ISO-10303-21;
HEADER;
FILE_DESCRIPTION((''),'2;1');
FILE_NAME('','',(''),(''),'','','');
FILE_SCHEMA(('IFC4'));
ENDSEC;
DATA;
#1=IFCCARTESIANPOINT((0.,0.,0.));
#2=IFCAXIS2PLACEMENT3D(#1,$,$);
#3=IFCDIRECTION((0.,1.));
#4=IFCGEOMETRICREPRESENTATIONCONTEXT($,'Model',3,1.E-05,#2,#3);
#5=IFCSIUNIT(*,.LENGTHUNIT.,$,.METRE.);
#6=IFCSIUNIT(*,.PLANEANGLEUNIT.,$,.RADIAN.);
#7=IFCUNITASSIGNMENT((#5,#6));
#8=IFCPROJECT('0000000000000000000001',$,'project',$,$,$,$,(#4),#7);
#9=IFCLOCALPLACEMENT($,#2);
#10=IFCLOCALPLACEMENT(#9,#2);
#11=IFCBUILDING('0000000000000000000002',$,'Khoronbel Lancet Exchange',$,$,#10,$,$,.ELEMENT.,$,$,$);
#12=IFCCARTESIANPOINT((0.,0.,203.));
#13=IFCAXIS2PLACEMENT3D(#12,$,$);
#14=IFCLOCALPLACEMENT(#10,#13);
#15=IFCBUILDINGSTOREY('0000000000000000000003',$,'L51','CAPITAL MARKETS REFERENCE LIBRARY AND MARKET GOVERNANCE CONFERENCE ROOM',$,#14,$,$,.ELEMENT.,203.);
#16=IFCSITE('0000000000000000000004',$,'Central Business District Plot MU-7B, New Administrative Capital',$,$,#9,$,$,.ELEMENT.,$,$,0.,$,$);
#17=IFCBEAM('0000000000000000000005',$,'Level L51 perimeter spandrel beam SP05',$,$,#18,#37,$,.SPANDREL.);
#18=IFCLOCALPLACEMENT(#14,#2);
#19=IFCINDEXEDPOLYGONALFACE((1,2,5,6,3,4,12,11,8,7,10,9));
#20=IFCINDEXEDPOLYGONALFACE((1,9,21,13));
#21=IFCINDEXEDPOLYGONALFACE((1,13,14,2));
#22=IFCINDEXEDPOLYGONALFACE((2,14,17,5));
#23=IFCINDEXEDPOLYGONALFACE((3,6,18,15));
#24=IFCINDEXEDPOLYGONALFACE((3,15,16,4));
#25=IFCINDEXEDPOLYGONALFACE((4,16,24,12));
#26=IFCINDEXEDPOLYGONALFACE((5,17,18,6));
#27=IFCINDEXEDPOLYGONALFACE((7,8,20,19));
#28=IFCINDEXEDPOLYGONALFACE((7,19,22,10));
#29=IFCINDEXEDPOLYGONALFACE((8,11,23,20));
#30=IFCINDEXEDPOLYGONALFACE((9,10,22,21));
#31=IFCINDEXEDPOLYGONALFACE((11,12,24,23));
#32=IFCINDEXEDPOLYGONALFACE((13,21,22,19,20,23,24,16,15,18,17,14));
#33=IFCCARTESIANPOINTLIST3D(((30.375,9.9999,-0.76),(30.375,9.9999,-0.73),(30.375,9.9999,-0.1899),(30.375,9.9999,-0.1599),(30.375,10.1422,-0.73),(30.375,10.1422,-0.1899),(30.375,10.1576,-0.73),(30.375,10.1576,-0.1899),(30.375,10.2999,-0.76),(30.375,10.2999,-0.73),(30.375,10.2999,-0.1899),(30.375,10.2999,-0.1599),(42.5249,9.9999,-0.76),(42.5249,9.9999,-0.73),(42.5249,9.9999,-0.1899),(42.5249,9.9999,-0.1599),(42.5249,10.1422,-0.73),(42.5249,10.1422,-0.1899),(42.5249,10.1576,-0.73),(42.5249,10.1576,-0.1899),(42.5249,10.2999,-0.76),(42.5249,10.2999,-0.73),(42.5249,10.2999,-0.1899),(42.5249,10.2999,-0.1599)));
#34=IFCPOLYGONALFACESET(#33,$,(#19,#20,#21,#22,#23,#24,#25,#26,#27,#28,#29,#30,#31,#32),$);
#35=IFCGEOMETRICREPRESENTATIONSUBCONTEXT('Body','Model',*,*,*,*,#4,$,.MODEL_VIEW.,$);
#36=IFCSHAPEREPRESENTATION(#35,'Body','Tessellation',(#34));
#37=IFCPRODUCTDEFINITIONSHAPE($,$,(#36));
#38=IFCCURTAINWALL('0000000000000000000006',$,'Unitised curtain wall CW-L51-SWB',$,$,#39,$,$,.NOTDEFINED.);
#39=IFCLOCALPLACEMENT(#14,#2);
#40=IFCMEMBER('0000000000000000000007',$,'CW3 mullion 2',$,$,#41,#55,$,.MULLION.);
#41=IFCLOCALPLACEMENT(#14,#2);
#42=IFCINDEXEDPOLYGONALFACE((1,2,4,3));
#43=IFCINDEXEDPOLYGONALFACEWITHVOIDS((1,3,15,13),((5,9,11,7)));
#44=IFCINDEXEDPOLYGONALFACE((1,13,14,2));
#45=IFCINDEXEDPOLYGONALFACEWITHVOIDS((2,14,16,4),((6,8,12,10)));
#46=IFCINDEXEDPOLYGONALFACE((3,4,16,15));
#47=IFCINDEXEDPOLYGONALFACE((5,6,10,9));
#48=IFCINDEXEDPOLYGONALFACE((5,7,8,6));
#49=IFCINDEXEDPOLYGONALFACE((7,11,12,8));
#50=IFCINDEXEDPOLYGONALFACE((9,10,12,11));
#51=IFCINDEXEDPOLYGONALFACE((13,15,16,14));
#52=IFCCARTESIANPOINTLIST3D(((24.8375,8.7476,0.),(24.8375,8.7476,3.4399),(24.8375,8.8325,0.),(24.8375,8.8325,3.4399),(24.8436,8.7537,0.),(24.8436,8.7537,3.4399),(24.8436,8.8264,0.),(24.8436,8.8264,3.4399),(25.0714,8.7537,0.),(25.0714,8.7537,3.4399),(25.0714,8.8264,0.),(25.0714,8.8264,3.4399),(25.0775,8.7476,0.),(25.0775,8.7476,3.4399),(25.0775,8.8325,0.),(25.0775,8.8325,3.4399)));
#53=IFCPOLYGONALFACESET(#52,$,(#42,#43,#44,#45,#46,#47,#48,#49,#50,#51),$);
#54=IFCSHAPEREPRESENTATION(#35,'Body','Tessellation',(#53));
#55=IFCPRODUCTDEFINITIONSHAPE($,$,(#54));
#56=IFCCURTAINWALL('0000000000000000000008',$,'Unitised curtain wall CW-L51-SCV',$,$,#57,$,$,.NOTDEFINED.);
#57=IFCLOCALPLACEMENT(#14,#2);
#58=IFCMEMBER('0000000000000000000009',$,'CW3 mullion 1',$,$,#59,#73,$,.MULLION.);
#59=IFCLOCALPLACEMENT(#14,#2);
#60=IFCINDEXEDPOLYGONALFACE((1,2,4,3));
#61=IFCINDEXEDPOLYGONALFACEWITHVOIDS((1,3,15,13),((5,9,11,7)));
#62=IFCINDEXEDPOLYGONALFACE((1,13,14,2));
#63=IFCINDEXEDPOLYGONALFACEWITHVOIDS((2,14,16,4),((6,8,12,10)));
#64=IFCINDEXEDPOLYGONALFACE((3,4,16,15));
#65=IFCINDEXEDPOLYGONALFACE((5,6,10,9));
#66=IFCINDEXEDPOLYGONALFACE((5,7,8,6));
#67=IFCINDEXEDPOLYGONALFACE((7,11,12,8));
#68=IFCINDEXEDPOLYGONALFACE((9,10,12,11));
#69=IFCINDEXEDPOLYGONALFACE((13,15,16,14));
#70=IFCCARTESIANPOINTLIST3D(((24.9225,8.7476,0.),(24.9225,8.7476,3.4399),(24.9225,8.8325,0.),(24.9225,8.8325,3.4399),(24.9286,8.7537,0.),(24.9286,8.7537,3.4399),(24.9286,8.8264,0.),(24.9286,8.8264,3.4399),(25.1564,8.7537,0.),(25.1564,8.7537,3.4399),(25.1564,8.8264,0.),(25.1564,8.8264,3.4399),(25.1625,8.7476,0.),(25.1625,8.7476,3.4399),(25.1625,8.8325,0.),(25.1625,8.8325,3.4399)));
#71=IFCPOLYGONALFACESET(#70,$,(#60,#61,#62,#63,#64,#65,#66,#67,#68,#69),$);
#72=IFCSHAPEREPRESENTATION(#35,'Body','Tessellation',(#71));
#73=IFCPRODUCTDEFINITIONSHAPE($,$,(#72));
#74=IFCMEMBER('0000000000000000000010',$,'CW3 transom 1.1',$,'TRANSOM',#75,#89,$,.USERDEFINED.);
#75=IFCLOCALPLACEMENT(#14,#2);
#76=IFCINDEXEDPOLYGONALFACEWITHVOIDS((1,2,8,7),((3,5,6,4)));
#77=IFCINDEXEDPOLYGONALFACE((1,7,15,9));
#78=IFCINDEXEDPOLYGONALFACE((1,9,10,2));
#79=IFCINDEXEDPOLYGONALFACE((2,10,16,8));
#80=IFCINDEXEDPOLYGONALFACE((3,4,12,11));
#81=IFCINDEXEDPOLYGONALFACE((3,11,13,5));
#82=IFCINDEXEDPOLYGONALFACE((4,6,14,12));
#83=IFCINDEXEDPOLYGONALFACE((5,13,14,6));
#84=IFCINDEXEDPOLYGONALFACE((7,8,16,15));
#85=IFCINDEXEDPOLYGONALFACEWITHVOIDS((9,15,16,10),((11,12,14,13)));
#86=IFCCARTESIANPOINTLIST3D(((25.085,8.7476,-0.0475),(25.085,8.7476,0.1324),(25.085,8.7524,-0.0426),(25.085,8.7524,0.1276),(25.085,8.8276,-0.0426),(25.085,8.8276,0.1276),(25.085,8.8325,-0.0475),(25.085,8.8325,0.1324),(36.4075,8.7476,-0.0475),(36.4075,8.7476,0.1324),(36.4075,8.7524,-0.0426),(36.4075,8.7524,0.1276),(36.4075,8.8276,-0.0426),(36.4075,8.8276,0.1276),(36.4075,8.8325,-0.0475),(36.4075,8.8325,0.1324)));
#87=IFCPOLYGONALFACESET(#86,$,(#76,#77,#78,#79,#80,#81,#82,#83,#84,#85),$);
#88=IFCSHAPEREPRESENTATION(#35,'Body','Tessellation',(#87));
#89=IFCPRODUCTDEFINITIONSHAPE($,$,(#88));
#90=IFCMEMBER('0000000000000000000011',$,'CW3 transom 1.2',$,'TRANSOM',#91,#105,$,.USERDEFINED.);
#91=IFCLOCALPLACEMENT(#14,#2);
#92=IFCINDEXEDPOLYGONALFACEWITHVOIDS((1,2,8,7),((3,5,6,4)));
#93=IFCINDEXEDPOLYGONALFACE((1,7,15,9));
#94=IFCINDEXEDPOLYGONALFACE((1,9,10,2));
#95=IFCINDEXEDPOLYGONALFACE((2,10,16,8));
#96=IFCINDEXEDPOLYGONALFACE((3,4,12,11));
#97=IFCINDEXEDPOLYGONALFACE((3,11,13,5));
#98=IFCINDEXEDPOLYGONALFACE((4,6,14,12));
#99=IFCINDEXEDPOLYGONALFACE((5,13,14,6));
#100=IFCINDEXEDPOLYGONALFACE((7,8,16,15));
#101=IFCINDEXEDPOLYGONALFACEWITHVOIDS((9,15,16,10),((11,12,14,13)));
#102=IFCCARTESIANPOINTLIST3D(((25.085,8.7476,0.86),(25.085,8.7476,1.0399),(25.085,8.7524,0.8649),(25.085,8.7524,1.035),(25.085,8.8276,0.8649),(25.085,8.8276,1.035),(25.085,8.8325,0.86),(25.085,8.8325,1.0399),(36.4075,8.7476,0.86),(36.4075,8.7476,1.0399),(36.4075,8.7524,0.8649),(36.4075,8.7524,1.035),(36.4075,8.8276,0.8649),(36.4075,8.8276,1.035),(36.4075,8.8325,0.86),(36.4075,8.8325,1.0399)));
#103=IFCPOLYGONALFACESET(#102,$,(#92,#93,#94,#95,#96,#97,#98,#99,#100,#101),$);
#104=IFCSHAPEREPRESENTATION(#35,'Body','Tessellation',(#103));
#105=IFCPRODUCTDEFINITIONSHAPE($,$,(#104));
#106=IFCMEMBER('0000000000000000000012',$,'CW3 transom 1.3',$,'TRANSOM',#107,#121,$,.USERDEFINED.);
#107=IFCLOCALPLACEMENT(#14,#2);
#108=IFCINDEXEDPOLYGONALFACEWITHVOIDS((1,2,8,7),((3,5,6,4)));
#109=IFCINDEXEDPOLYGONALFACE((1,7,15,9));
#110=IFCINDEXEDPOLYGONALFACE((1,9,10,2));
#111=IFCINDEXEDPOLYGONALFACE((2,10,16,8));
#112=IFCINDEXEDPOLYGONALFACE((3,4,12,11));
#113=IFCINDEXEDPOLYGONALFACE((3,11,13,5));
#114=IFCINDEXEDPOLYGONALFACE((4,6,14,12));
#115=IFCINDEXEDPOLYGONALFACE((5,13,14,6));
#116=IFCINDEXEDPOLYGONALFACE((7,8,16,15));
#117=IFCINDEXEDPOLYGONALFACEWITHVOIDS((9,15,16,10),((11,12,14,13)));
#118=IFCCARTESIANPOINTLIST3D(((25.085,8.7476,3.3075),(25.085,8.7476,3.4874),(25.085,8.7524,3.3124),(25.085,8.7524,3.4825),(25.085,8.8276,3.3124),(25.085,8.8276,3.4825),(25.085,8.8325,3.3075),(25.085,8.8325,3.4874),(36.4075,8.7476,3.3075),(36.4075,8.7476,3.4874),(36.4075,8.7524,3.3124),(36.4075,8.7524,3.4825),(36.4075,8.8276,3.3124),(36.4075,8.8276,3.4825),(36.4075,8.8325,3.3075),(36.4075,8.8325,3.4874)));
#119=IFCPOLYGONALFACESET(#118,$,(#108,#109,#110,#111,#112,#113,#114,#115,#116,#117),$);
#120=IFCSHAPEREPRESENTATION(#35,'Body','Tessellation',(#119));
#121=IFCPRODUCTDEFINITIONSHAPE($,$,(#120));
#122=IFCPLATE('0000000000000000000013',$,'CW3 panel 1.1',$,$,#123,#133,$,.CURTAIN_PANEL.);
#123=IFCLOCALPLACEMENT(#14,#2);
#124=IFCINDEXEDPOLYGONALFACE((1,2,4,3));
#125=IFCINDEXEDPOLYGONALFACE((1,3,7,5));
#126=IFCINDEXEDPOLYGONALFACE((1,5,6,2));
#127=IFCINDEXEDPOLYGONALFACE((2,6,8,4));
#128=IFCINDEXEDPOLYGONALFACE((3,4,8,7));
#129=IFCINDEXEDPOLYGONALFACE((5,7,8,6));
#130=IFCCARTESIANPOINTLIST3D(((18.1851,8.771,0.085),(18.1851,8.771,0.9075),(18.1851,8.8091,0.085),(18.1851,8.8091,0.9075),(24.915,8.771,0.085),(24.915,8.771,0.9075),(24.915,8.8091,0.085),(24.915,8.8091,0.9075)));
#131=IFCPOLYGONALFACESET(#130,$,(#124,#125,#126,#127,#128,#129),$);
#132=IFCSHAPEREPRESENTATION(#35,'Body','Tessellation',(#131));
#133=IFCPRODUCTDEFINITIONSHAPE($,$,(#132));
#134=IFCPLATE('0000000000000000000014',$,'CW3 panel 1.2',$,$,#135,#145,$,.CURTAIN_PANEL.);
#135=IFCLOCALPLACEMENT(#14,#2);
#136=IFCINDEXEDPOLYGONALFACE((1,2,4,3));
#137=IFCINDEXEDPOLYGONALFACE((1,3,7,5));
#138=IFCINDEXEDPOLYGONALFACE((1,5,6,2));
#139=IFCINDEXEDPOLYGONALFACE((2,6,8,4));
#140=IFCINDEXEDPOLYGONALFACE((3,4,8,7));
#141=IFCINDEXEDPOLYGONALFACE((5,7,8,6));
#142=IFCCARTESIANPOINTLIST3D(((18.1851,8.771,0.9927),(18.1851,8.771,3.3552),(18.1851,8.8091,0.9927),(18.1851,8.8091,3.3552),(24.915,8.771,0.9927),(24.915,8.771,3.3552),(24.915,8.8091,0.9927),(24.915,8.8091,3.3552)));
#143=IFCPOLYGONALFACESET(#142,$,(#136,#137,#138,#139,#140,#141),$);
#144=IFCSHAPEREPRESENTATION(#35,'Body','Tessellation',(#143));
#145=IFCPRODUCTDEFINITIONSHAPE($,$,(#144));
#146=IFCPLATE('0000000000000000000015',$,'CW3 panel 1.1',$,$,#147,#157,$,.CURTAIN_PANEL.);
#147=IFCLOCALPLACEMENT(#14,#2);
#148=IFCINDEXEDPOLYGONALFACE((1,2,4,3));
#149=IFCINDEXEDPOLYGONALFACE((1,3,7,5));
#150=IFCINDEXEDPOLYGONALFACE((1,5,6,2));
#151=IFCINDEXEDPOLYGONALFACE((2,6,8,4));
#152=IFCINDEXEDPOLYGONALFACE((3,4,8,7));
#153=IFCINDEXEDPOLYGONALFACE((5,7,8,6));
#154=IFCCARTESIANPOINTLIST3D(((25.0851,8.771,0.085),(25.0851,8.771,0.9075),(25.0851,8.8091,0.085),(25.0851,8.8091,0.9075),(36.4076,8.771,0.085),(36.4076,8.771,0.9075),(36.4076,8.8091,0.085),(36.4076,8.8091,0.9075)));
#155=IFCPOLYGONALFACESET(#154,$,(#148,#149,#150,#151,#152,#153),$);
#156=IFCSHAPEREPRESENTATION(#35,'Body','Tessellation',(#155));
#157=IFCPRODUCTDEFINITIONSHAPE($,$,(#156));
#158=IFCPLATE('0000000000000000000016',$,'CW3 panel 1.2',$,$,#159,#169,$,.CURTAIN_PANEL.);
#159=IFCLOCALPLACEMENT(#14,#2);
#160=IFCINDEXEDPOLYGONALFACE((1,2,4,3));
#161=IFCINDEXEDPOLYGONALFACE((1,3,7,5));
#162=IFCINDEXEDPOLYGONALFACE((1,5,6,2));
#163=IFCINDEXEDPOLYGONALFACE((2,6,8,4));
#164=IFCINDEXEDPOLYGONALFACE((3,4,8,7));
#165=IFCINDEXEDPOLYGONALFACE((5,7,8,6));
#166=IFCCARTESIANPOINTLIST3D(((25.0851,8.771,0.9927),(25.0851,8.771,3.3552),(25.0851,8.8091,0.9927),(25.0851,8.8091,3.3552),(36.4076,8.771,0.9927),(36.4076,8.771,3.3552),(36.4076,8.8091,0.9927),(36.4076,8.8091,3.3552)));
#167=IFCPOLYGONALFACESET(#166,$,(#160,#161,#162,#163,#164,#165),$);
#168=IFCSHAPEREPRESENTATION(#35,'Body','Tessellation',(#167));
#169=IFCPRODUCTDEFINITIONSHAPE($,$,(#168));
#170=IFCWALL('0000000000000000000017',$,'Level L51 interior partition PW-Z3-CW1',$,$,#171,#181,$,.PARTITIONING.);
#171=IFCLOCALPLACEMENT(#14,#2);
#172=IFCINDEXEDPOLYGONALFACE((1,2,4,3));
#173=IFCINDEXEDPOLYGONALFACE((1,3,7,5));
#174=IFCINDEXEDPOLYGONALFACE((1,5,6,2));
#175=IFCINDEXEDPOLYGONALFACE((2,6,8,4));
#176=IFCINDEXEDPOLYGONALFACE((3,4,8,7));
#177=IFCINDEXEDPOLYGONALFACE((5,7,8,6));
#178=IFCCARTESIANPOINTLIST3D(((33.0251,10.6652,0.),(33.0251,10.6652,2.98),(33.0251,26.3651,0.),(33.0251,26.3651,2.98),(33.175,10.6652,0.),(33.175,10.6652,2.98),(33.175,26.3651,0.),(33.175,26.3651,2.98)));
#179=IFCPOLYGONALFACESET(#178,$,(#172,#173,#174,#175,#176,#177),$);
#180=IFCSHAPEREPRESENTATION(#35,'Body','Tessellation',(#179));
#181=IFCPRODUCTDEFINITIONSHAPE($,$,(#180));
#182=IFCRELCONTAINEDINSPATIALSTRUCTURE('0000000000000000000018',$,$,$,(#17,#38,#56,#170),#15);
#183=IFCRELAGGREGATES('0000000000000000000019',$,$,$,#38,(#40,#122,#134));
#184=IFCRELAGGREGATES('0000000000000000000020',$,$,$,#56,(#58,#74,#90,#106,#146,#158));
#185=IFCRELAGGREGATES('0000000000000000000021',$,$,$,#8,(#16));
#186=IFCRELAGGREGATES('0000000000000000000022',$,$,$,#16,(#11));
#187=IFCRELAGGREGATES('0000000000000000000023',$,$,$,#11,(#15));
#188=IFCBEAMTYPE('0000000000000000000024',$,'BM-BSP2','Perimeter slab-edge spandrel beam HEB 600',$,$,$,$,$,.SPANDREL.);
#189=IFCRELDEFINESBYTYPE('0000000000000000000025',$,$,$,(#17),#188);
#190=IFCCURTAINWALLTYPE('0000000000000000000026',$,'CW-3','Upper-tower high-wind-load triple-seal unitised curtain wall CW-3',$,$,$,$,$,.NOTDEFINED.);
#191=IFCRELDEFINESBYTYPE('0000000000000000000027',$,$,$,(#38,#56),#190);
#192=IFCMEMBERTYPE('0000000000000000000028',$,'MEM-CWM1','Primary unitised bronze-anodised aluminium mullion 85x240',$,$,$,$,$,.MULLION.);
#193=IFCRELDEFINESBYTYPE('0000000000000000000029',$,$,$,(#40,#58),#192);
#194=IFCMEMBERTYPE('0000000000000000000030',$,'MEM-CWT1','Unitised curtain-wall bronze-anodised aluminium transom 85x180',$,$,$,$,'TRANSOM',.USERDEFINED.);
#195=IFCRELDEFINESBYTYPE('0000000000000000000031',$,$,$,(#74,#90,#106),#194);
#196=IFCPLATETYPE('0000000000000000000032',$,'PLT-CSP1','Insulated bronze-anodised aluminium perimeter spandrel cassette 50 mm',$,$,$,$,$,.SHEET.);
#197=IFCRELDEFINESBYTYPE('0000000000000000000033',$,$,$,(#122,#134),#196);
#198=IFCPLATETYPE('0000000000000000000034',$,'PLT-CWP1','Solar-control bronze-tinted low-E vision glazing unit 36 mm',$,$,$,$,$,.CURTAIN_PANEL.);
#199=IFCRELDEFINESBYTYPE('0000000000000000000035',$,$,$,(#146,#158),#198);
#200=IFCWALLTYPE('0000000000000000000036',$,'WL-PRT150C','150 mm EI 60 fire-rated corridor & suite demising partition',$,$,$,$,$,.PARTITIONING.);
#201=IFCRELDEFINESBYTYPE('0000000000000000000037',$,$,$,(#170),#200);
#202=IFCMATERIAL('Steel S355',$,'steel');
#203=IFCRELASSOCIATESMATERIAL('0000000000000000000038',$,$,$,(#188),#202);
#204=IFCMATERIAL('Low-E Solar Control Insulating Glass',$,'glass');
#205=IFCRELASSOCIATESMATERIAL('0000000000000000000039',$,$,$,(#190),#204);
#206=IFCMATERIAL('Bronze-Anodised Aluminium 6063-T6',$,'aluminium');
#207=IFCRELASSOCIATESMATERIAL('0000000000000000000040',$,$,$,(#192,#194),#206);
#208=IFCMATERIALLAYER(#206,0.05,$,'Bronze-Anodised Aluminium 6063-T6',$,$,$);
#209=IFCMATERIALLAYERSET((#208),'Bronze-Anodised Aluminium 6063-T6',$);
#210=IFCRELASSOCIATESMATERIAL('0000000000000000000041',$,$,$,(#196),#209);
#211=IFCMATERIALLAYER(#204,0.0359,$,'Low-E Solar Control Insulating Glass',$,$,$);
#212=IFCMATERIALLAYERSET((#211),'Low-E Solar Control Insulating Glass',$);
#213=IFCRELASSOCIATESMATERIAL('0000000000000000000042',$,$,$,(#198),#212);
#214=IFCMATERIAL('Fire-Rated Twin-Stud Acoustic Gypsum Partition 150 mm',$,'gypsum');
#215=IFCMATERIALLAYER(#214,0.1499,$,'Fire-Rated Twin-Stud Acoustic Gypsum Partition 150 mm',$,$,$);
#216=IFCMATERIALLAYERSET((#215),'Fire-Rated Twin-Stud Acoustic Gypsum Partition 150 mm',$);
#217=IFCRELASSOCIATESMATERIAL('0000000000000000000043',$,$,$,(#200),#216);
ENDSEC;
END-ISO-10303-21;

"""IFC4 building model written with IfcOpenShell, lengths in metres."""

from ifc_helpers import new_model, si_unit, direction, frame, frame_2d, origin, origin_2d, place, context, subcontext, project, spatial, rectangle, hollow_rectangle, i_section, extrude, material, layer, layer_set, material_profile, profile_set, type_object, element, aggregate, save


model = new_model("IFC4")

# Units and contexts
model_context = context("Model", 3, precision=1e-05, world=origin(), true_north=direction((0.0, 1.0)))
body_context = subcontext(model_context, "Body", "Model", "MODEL_VIEW")
ifc_project = project(units=[si_unit("LENGTHUNIT", "METRE"), si_unit("PLANEANGLEUNIT", "RADIAN")], contexts=[model_context])

# Site, building, storey
site_placement = place(None, origin())
site = spatial("IfcSite", under=ifc_project, at=site_placement, Name="Central Business District Plot MU-7B, New Administrative Capital", CompositionType="ELEMENT", RefElevation=0.0)
building_placement = place(site_placement, origin())
building = spatial("IfcBuilding", under=site, at=building_placement, Name="Khoronbel Lancet Exchange", CompositionType="ELEMENT")
storey_placement = place(building_placement, frame((0.0, 0.0, 203.0)))
storey = spatial("IfcBuildingStorey", under=building, at=storey_placement, Name="L51", Description="CAPITAL MARKETS REFERENCE LIBRARY AND MARKET GOVERNANCE CONFERENCE ROOM", CompositionType="ELEMENT", Elevation=203.0)

# Beam
ifc_material_1 = material(Name="Steel S355", Category="steel")
ifc_material_profile_1 = material_profile(ifc_material_1, i_section(OverallWidth=0.3, OverallDepth=0.6001, WebThickness=0.0154, FlangeThickness=0.03, at=origin_2d()), Name="HEB 600")
ifc_profile_set_1 = profile_set([ifc_material_profile_1], Name="Steel S355")
beam_type_1 = type_object("IfcBeamType", Name="BM-BSP2", Description="Perimeter slab-edge spandrel beam HEB 600", PredefinedType="SPANDREL", material=ifc_profile_set_1)
beam_1_placement = place(storey_placement, frame((30.375, 10.1499, -0.46), z_axis=(1.0, 0.0, 0.0), x_axis=(0.0, 1.0, 0.0)))
element("IfcBeam", 1, at=beam_1_placement, inside=storey, type_object=beam_type_1, Name="Level L51 perimeter spandrel beam SP05", PredefinedType="SPANDREL", context=body_context, shape_type="SweptSolid", body=[
    extrude(i_section(OverallWidth=0.3, OverallDepth=0.6001, WebThickness=0.0154, FlangeThickness=0.03, at=origin_2d()), origin(), (0.0, 0.0, 1.0), 12.1499),
])

# Curtain wall, member
ifc_material_2 = material(Name="Low-E Solar Control Insulating Glass", Category="glass")
curtain_wall_type = type_object("IfcCurtainWallType", Name="CW-3", Description="Upper-tower high-wind-load triple-seal unitised curtain wall CW-3", PredefinedType="NOTDEFINED", material=ifc_material_2)
curtain_wall_1_placement = place(storey_placement, origin())
curtain_wall_1 = element("IfcCurtainWall", 2, at=curtain_wall_1_placement, inside=storey, type_object=curtain_wall_type, Name="Unitised curtain wall CW-L51-SWB", PredefinedType="NOTDEFINED")
ifc_material_3 = material(Name="Bronze-Anodised Aluminium 6063-T6", Category="aluminium")
ifc_material_profile_2 = material_profile(ifc_material_3, hollow_rectangle(XDim=0.085, YDim=0.24, WallThickness=0.0061, at=origin_2d()), Name="ALU MULLION 85x240")
ifc_profile_set_2 = profile_set([ifc_material_profile_2], Name="Bronze-Anodised Aluminium 6063-T6")
member_type_1 = type_object("IfcMemberType", Name="MEM-CWM1", Description="Primary unitised bronze-anodised aluminium mullion 85x240", PredefinedType="MULLION", material=ifc_profile_set_2)
member_1_placement = place(storey_placement, frame((24.9575, 8.79, 0.0), z_axis=(0.0, 0.0, 1.0), x_axis=(0.0, 1.0, 0.0)))
member_1 = element("IfcMember", 3, at=member_1_placement, type_object=member_type_1, Name="CW3 mullion 2", PredefinedType="MULLION", context=body_context, shape_type="SweptSolid", body=[
    extrude(hollow_rectangle(XDim=0.085, YDim=0.24, WallThickness=0.0061, at=origin_2d()), origin(), (0.0, 0.0, 1.0), 3.4399),
])

# Curtain wall, members
curtain_wall_2_placement = place(storey_placement, origin())
curtain_wall_2 = element("IfcCurtainWall", 4, at=curtain_wall_2_placement, inside=storey, type_object=curtain_wall_type, Name="Unitised curtain wall CW-L51-SCV", PredefinedType="NOTDEFINED")
member_2_placement = place(storey_placement, frame((25.0425, 8.79, 0.0), z_axis=(0.0, 0.0, 1.0), x_axis=(0.0, 1.0, 0.0)))
member_2 = element("IfcMember", 5, at=member_2_placement, type_object=member_type_1, Name="CW3 mullion 1", PredefinedType="MULLION", context=body_context, shape_type="SweptSolid", body=[
    extrude(hollow_rectangle(XDim=0.085, YDim=0.24, WallThickness=0.0061, at=origin_2d()), origin(), (0.0, 0.0, 1.0), 3.4399),
])
ifc_material_profile_3 = material_profile(ifc_material_3, hollow_rectangle(XDim=0.085, YDim=0.1799, WallThickness=0.0049, at=origin_2d()), Name="ALU TRANSOM 85x180")
ifc_profile_set_3 = profile_set([ifc_material_profile_3], Name="Bronze-Anodised Aluminium 6063-T6")
member_type_2 = type_object("IfcMemberType", Name="MEM-CWT1", Description="Unitised curtain-wall bronze-anodised aluminium transom 85x180", ElementType="TRANSOM", PredefinedType="USERDEFINED", material=ifc_profile_set_3)
member_3_placement = place(storey_placement, frame((25.085, 8.79, 0.0425), z_axis=(1.0, 0.0, 0.0), x_axis=(0.0, 1.0, 0.0)))
member_3 = element("IfcMember", 6, at=member_3_placement, type_object=member_type_2, Name="CW3 transom 1.1", ObjectType="TRANSOM", PredefinedType="USERDEFINED", context=body_context, shape_type="SweptSolid", body=[
    extrude(hollow_rectangle(XDim=0.085, YDim=0.1799, WallThickness=0.0049, at=origin_2d()), origin(), (0.0, 0.0, 1.0), 11.3225),
])
member_4_placement = place(storey_placement, frame((25.085, 8.79, 0.95), z_axis=(1.0, 0.0, 0.0), x_axis=(0.0, 1.0, 0.0)))
member_4 = element("IfcMember", 7, at=member_4_placement, type_object=member_type_2, Name="CW3 transom 1.2", ObjectType="TRANSOM", PredefinedType="USERDEFINED", context=body_context, shape_type="SweptSolid", body=[
    extrude(hollow_rectangle(XDim=0.085, YDim=0.1799, WallThickness=0.0049, at=origin_2d()), origin(), (0.0, 0.0, 1.0), 11.3225),
])
member_5_placement = place(storey_placement, frame((25.085, 8.79, 3.3975), z_axis=(1.0, 0.0, 0.0), x_axis=(0.0, 1.0, 0.0)))
member_5 = element("IfcMember", 8, at=member_5_placement, type_object=member_type_2, Name="CW3 transom 1.3", ObjectType="TRANSOM", PredefinedType="USERDEFINED", context=body_context, shape_type="SweptSolid", body=[
    extrude(hollow_rectangle(XDim=0.085, YDim=0.1799, WallThickness=0.0049, at=origin_2d()), origin(), (0.0, 0.0, 1.0), 11.3225),
])

# Plates
ifc_layer_1 = layer(ifc_material_3, 0.05, Name="Bronze-Anodised Aluminium 6063-T6")
ifc_layer_set_1 = layer_set([ifc_layer_1], Name="Bronze-Anodised Aluminium 6063-T6")
plate_type_1 = type_object("IfcPlateType", Name="PLT-CSP1", Description="Insulated bronze-anodised aluminium perimeter spandrel cassette 50 mm", PredefinedType="SHEET", material=ifc_layer_set_1)
plate_1_placement = place(storey_placement, frame((21.55, 8.79, 0.085), z_axis=(0.0, 0.0, 1.0), x_axis=(1.0, 0.0, 0.0)))
plate_1 = element("IfcPlate", 9, at=plate_1_placement, type_object=plate_type_1, Name="CW3 panel 1.1", PredefinedType="CURTAIN_PANEL", context=body_context, shape_type="SweptSolid", body=[
    extrude(rectangle(XDim=6.73, YDim=0.0381, at=origin_2d()), origin(), (0.0, 0.0, 1.0), 0.8225),
])
plate_2_placement = place(storey_placement, frame((21.55, 8.79, 0.9927), z_axis=(0.0, 0.0, 1.0), x_axis=(1.0, 0.0, 0.0)))
plate_2 = element("IfcPlate", 10, at=plate_2_placement, type_object=plate_type_1, Name="CW3 panel 1.2", PredefinedType="CURTAIN_PANEL", context=body_context, shape_type="SweptSolid", body=[
    extrude(rectangle(XDim=6.73, YDim=0.0381, at=origin_2d()), origin(), (0.0, 0.0, 1.0), 2.3625),
])
aggregate(curtain_wall_1, [member_1, plate_1, plate_2])
ifc_layer_2 = layer(ifc_material_2, 0.0359, Name="Low-E Solar Control Insulating Glass")
ifc_layer_set_2 = layer_set([ifc_layer_2], Name="Low-E Solar Control Insulating Glass")
plate_type_2 = type_object("IfcPlateType", Name="PLT-CWP1", Description="Solar-control bronze-tinted low-E vision glazing unit 36 mm", PredefinedType="CURTAIN_PANEL", material=ifc_layer_set_2)
plate_3_placement = place(storey_placement, frame((30.7463, 8.79, 0.085), z_axis=(0.0, 0.0, 1.0), x_axis=(1.0, 0.0, 0.0)))
plate_3 = element("IfcPlate", 11, at=plate_3_placement, type_object=plate_type_2, Name="CW3 panel 1.1", PredefinedType="CURTAIN_PANEL", context=body_context, shape_type="SweptSolid", body=[
    extrude(rectangle(XDim=11.3225, YDim=0.0381, at=origin_2d()), origin(), (0.0, 0.0, 1.0), 0.8225),
])
plate_4_placement = place(storey_placement, frame((30.7463, 8.79, 0.9927), z_axis=(0.0, 0.0, 1.0), x_axis=(1.0, 0.0, 0.0)))
plate_4 = element("IfcPlate", 12, at=plate_4_placement, type_object=plate_type_2, Name="CW3 panel 1.2", PredefinedType="CURTAIN_PANEL", context=body_context, shape_type="SweptSolid", body=[
    extrude(rectangle(XDim=11.3225, YDim=0.0381, at=origin_2d()), origin(), (0.0, 0.0, 1.0), 2.3625),
])
aggregate(curtain_wall_2, [member_2, member_3, member_4, member_5, plate_3, plate_4])

# Wall
ifc_material_4 = material(Name="Fire-Rated Twin-Stud Acoustic Gypsum Partition 150 mm", Category="gypsum")
ifc_layer_3 = layer(ifc_material_4, 0.1499, Name="Fire-Rated Twin-Stud Acoustic Gypsum Partition 150 mm")
ifc_layer_set_3 = layer_set([ifc_layer_3], Name="Fire-Rated Twin-Stud Acoustic Gypsum Partition 150 mm")
wall_type = type_object("IfcWallType", Name="WL-PRT150C", Description="150 mm EI 60 fire-rated corridor & suite demising partition", PredefinedType="PARTITIONING", material=ifc_layer_set_3)
for number, where, z_axis, x_axis, name in (
    (13, (33.1001, 10.665, 0.0), (0.0, 0.0, 1.0), (0.0, 1.0, 0.0), "Level L51 interior partition PW-Z3-CW1"),
):
    element("IfcWall", number, at=place(storey_placement, frame(where, z_axis=z_axis, x_axis=x_axis)), inside=storey, type_object=wall_type, Name=name, PredefinedType="PARTITIONING", context=body_context, shape_type="SweptSolid", body=[
        extrude(rectangle(XDim=15.7, YDim=0.1499, at=frame_2d((7.8501, 0.0))), origin(), (0.0, 0.0, 1.0), 2.98),
    ])

save(model, "model.ifc")
